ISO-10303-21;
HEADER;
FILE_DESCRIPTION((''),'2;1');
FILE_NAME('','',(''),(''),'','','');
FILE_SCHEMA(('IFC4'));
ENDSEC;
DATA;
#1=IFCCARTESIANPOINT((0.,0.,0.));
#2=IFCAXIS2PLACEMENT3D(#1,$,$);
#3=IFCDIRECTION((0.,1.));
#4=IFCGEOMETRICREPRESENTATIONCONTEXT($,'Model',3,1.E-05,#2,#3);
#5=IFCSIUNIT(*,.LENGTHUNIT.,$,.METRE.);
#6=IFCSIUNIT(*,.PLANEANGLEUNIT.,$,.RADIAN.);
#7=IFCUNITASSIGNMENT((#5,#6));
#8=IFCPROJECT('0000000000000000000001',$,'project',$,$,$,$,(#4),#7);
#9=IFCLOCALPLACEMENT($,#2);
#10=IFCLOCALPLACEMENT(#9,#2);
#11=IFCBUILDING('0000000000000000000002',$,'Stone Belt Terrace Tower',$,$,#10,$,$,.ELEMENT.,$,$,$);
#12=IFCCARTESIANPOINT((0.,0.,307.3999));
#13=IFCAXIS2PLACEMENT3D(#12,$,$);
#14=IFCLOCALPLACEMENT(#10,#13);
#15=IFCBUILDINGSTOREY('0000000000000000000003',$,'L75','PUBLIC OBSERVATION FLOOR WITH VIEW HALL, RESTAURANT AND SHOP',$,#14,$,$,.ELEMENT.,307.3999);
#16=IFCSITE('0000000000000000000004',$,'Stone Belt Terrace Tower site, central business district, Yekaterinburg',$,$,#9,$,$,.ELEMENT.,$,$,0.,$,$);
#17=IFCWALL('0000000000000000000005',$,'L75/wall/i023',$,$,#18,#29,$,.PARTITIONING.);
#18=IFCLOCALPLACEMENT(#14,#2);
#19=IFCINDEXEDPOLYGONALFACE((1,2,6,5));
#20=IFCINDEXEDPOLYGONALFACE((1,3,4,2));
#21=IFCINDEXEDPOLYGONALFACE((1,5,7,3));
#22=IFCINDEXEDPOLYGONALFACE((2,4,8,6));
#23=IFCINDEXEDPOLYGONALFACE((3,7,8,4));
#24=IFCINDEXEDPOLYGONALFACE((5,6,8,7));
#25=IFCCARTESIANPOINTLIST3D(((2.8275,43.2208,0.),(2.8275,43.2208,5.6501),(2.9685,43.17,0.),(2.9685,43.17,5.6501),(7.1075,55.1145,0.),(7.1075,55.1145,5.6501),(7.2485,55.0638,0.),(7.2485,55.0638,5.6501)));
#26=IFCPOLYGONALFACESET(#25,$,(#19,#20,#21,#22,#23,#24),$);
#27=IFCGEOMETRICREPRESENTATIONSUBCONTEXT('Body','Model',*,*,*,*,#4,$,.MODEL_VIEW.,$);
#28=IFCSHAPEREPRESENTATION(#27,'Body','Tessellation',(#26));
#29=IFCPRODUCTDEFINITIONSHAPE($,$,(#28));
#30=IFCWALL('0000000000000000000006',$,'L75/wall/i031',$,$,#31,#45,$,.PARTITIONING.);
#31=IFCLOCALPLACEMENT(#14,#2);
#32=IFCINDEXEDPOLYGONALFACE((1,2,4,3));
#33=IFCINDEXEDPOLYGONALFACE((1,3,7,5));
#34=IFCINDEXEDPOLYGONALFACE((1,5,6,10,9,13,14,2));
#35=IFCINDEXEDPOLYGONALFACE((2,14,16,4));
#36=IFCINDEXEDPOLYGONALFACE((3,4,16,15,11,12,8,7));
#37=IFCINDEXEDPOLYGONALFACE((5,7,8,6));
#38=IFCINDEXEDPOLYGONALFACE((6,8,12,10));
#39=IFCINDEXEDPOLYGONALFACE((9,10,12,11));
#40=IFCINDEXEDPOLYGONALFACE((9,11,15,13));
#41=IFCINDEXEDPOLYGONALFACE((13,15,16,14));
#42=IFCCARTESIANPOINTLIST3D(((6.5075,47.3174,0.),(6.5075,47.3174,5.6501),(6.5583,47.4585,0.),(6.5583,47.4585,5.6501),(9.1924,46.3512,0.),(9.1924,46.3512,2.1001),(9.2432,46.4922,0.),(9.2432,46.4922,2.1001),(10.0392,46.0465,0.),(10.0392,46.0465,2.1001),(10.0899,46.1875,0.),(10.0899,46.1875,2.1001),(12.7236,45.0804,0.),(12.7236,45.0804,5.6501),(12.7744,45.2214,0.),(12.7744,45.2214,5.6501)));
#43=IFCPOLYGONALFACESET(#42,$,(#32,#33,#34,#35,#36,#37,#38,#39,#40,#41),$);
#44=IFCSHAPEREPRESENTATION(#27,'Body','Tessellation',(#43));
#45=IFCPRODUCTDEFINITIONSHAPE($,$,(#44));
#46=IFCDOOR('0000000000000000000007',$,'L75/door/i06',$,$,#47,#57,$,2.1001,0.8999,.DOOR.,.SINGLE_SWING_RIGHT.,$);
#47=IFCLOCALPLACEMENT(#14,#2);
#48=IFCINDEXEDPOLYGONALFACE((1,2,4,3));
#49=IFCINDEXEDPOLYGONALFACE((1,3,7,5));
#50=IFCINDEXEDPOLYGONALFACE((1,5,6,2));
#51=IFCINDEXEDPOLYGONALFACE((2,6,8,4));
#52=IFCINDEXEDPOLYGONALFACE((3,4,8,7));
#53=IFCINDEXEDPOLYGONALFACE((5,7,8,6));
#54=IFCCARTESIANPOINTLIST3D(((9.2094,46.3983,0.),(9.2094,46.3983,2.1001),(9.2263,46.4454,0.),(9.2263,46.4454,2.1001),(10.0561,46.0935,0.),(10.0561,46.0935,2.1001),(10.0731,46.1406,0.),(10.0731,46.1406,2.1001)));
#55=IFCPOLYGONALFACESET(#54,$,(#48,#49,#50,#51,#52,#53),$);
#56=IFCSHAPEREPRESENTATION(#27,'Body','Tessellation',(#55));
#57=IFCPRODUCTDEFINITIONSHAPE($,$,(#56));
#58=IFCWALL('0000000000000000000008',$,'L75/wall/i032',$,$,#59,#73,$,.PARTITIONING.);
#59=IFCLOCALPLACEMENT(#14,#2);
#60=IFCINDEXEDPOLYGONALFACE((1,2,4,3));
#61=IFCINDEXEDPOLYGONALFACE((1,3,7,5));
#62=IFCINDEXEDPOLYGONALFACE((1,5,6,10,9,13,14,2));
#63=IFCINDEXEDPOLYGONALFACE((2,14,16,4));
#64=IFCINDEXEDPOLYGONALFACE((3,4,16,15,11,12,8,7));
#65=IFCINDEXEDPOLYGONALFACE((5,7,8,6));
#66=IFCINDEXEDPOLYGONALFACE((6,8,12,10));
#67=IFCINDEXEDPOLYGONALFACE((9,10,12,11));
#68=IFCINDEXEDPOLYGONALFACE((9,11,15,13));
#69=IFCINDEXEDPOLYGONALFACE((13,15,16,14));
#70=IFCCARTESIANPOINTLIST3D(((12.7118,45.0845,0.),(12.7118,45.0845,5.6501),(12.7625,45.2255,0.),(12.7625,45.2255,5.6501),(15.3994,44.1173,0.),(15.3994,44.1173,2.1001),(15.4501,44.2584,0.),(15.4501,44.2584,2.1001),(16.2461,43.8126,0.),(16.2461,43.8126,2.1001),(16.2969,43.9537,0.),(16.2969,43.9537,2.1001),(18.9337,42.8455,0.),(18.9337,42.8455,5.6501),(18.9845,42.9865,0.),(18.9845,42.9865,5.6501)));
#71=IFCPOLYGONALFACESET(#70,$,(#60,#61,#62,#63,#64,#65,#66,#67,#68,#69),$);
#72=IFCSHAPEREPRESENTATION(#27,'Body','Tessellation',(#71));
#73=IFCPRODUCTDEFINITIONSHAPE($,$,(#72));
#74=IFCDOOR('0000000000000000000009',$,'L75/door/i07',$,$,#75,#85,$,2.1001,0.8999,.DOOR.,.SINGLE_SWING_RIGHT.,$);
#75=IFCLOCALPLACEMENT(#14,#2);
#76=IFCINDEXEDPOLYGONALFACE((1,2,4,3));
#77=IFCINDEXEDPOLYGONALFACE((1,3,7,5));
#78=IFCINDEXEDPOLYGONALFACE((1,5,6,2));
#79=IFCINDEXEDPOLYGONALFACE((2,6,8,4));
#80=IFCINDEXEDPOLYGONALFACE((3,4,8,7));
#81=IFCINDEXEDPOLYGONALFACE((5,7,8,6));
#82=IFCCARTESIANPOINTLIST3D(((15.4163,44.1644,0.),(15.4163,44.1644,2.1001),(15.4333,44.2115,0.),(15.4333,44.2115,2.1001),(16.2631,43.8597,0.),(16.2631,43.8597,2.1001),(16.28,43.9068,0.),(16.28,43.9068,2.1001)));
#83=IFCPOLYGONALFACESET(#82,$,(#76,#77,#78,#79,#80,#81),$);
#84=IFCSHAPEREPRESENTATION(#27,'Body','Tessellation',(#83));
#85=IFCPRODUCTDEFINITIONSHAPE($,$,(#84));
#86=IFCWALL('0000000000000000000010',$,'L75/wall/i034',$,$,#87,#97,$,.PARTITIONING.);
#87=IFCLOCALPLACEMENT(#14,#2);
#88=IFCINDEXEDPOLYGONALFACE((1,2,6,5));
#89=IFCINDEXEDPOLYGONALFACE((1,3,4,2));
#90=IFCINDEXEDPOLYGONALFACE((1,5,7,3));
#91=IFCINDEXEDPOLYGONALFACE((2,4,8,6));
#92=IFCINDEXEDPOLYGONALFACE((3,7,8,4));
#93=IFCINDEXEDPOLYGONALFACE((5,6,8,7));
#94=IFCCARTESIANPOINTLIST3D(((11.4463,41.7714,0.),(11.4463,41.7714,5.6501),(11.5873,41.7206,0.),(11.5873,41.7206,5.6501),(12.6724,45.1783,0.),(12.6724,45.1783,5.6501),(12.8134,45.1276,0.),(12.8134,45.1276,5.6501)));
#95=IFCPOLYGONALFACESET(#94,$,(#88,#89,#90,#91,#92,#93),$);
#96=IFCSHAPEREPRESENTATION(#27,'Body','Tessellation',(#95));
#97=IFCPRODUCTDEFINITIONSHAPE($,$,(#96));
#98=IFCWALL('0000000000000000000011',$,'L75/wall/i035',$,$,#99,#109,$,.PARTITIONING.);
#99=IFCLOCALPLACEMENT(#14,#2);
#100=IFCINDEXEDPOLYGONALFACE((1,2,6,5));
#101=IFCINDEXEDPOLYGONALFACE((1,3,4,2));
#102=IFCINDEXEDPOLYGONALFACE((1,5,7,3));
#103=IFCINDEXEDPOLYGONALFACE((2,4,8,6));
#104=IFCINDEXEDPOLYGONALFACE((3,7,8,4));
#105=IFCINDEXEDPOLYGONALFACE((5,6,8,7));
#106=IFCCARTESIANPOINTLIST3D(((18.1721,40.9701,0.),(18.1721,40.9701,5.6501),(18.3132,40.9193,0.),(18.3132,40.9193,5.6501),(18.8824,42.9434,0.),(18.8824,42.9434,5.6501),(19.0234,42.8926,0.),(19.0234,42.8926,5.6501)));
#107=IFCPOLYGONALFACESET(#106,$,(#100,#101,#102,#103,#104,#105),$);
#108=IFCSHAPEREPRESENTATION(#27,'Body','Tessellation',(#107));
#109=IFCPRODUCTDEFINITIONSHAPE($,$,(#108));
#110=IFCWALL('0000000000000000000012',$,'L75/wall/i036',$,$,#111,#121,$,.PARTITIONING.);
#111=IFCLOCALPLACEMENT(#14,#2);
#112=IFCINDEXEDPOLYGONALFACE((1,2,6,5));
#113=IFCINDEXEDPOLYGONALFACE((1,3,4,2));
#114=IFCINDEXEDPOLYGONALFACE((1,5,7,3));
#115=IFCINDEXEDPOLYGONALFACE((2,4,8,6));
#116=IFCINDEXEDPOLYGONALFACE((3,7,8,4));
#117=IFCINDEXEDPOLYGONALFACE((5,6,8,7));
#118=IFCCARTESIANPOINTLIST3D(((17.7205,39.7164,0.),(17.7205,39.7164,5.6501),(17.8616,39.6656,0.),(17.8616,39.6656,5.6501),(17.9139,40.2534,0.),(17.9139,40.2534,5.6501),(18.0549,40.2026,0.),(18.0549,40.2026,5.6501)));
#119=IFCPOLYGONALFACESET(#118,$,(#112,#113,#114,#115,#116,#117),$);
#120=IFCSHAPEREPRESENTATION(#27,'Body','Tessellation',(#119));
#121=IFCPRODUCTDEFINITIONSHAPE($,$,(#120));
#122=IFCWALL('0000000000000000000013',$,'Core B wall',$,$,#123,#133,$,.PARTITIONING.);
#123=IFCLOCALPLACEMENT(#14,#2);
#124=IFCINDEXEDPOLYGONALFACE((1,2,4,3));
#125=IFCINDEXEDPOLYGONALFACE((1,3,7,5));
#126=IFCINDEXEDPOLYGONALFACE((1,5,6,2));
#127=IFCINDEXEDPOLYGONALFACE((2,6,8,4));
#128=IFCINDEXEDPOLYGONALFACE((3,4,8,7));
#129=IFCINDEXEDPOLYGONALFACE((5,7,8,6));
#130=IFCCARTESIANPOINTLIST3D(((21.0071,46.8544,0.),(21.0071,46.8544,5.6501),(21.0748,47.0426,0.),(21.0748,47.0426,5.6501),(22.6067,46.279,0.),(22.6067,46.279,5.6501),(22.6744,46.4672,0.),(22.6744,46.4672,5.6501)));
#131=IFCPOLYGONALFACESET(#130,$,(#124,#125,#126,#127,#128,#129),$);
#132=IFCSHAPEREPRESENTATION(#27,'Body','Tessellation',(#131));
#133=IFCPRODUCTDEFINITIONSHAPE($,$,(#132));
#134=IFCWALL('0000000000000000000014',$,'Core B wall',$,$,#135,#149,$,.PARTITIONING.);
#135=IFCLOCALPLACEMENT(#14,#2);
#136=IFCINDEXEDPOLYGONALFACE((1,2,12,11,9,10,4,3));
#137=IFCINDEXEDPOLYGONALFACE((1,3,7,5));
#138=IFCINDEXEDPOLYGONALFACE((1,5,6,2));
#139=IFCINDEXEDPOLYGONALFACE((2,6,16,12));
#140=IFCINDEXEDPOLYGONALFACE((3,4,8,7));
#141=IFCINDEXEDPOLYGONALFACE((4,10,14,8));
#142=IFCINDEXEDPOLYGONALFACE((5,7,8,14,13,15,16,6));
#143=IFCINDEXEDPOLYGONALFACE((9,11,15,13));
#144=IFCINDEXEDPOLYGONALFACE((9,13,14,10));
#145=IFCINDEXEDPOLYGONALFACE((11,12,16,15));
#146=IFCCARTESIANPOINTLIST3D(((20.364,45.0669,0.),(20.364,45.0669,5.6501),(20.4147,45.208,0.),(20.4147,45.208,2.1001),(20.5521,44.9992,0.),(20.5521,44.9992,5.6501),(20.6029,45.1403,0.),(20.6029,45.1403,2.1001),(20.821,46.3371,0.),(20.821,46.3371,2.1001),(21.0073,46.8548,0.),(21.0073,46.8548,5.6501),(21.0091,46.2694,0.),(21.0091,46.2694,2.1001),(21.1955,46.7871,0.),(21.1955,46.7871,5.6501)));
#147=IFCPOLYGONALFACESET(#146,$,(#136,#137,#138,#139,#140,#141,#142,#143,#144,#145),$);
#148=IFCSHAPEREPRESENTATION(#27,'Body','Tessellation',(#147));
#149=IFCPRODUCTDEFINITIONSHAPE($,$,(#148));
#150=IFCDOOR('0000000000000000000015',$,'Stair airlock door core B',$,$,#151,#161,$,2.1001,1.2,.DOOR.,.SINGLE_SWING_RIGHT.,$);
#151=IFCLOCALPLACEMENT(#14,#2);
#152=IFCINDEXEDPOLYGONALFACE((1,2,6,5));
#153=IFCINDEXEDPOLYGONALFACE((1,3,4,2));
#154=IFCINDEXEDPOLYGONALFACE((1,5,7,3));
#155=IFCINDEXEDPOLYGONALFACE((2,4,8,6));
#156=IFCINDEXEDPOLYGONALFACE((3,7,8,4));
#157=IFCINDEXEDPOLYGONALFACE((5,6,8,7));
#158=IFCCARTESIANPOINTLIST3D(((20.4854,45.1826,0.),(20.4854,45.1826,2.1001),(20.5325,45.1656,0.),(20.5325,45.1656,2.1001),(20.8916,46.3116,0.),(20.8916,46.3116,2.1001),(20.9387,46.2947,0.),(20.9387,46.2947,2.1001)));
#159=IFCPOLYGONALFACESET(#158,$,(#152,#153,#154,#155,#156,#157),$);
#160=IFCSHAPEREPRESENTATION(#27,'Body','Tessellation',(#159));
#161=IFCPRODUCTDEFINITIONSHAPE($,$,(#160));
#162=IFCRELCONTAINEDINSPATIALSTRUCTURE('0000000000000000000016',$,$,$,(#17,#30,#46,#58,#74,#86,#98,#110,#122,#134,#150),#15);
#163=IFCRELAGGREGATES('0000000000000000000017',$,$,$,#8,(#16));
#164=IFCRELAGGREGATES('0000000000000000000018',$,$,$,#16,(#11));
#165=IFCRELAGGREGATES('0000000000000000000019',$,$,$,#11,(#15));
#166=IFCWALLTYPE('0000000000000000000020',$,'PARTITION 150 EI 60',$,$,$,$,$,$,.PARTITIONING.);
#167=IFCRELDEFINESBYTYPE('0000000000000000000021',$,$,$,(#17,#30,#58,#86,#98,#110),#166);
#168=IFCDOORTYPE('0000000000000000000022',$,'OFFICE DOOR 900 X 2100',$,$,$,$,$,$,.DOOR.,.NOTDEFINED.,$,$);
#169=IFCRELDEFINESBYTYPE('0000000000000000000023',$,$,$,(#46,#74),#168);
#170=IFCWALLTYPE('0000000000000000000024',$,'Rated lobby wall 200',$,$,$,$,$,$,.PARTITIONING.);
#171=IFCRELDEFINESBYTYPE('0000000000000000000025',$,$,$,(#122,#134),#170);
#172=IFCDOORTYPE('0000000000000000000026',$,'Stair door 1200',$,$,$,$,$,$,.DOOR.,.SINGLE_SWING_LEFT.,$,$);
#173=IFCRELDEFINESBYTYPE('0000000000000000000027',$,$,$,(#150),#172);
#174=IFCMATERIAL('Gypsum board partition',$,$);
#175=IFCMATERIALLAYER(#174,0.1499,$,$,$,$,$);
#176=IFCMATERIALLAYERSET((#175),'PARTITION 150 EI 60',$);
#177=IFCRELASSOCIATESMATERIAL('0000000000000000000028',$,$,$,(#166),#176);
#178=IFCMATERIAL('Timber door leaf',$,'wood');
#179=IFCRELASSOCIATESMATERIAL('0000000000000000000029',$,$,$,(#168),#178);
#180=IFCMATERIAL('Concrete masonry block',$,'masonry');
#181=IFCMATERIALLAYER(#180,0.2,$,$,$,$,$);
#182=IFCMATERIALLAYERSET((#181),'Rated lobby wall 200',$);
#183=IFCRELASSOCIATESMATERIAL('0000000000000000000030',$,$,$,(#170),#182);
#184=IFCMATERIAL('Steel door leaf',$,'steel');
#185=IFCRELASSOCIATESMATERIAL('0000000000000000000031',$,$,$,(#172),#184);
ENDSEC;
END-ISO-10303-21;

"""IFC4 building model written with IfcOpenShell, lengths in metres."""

from ifc_helpers import new_model, si_unit, direction, frame, frame_2d, origin, place, context, subcontext, project, spatial, rectangle, extrude, material, layer, layer_set, type_object, element, fill, save


model = new_model("IFC4")

# Units and contexts
model_context = context("Model", 3, precision=1e-05, world=origin(), true_north=direction((0.0, 1.0)))
body_context = subcontext(model_context, "Body", "Model", "MODEL_VIEW")
ifc_project = project(units=[si_unit("LENGTHUNIT", "METRE"), si_unit("PLANEANGLEUNIT", "RADIAN")], contexts=[model_context])

# Site, building, storey
site_placement = place(None, origin())
site = spatial("IfcSite", under=ifc_project, at=site_placement, Name="Stone Belt Terrace Tower site, central business district, Yekaterinburg", CompositionType="ELEMENT", RefElevation=0.0)
building_placement = place(site_placement, origin())
building = spatial("IfcBuilding", under=site, at=building_placement, Name="Stone Belt Terrace Tower", CompositionType="ELEMENT")
storey_placement = place(building_placement, frame((0.0, 0.0, 307.3999)))
storey = spatial("IfcBuildingStorey", under=building, at=storey_placement, Name="L75", Description="PUBLIC OBSERVATION FLOOR WITH VIEW HALL, RESTAURANT AND SHOP", CompositionType="ELEMENT", Elevation=307.3999)

# Wall
ifc_material_1 = material(Name="Gypsum board partition")
ifc_layer_1 = layer(ifc_material_1, 0.1499)
ifc_layer_set_1 = layer_set([ifc_layer_1], Name="PARTITION 150 EI 60")
wall_type_1 = type_object("IfcWallType", Name="PARTITION 150 EI 60", PredefinedType="PARTITIONING", material=ifc_layer_set_1)
wall_1_placement = place(storey_placement, frame((2.8979, 43.1953, 0.0), z_axis=(0.0, 0.0, 1.0), x_axis=(0.338598, 0.940931, 0.0)))
element("IfcWall", 1, at=wall_1_placement, inside=storey, type_object=wall_type_1, Name="L75/wall/i023", PredefinedType="PARTITIONING", context=body_context, shape_type="SweptSolid", body=[
    extrude(rectangle(XDim=12.6404, YDim=0.1499, at=frame_2d((6.3203, 0.0))), origin(), (0.0, 0.0, 1.0), 5.6501),
])

# Walls, openings, doors
wall_2_placement = place(storey_placement, frame((12.749, 45.1509, 0.0), z_axis=(0.0, 0.0, 1.0), x_axis=(-0.940922, 0.338623, 0.0)))
wall_2 = element("IfcWall", 2, at=wall_2_placement, inside=storey, type_object=wall_type_1, Name="L75/wall/i031", PredefinedType="PARTITIONING", context=body_context, shape_type="SweptSolid", body=[
    extrude(rectangle(XDim=6.6064, YDim=0.1499, at=frame_2d((3.3032, 0.0))), origin(), (0.0, 0.0, 1.0), 5.6501),
])
opening_1_placement = place(wall_2_placement, frame((2.853, 0.0, 0.0)))
opening_1 = element("IfcOpeningElement", 3, at=opening_1_placement, cuts=wall_2, PredefinedType="OPENING", context=body_context, shape_type="SweptSolid", body=[
    extrude(rectangle(XDim=0.8999, YDim=2.1001, at=frame_2d((0.45, 1.05))), frame((0.0, 0.085, 0.0), z_axis=(0.0, -1.0, 0.0), x_axis=(1.0, 0.0, 0.0)), (0.0, 0.0, 1.0), 0.1699),
])
ifc_material_2 = material(Name="Timber door leaf", Category="wood")
door_type_1 = type_object("IfcDoorType", Name="OFFICE DOOR 900 X 2100", OperationType="NOTDEFINED", PredefinedType="DOOR", material=ifc_material_2)
door_1_placement = place(opening_1_placement, origin())
door_1 = element("IfcDoor", 4, at=door_1_placement, inside=storey, type_object=door_type_1, Name="L75/door/i06", OperationType="SINGLE_SWING_RIGHT", OverallHeight=2.1001, OverallWidth=0.8999, PredefinedType="DOOR", context=body_context, shape_type="SweptSolid", body=[
    extrude(rectangle(XDim=0.8999, YDim=2.1001, at=frame_2d((0.45, 1.05))), frame((0.0, 0.0249, 0.0), z_axis=(0.0, -1.0, 0.0), x_axis=(1.0, 0.0, 0.0)), (0.0, 0.0, 1.0), 0.05),
])
fill(opening_1, door_1)
wall_3_placement = place(storey_placement, frame((18.959, 42.916, 0.0), z_axis=(0.0, 0.0, 1.0), x_axis=(-0.94093, 0.338602, 0.0)))
wall_3 = element("IfcWall", 5, at=wall_3_placement, inside=storey, type_object=wall_type_1, Name="L75/wall/i032", PredefinedType="PARTITIONING", context=body_context, shape_type="SweptSolid", body=[
    extrude(rectangle(XDim=6.6125, YDim=0.1499, at=frame_2d((3.3062, 0.0))), origin(), (0.0, 0.0, 1.0), 5.6501),
])
opening_2_placement = place(wall_3_placement, frame((2.8562, 0.0, 0.0)))
opening_2 = element("IfcOpeningElement", 6, at=opening_2_placement, cuts=wall_3, PredefinedType="OPENING", context=body_context, shape_type="SweptSolid", body=[
    extrude(rectangle(XDim=0.8999, YDim=2.1001, at=frame_2d((0.45, 1.05))), frame((0.0, 0.085, 0.0), z_axis=(0.0, -1.0, 0.0), x_axis=(1.0, 0.0, 0.0)), (0.0, 0.0, 1.0), 0.1699),
])
door_2_placement = place(opening_2_placement, origin())
door_2 = element("IfcDoor", 7, at=door_2_placement, inside=storey, type_object=door_type_1, Name="L75/door/i07", OperationType="SINGLE_SWING_RIGHT", OverallHeight=2.1001, OverallWidth=0.8999, PredefinedType="DOOR", context=body_context, shape_type="SweptSolid", body=[
    extrude(rectangle(XDim=0.8999, YDim=2.1001, at=frame_2d((0.45, 1.05))), frame((0.0, 0.0249, 0.0), z_axis=(0.0, -1.0, 0.0), x_axis=(1.0, 0.0, 0.0)), (0.0, 0.0, 1.0), 0.05),
])
fill(opening_2, door_2)

# Walls
wall_4_placement = place(storey_placement, frame((12.7429, 45.1531, 0.0), z_axis=(0.0, 0.0, 1.0), x_axis=(-0.338612, -0.940926, 0.0)))
element("IfcWall", 8, at=wall_4_placement, inside=storey, type_object=wall_type_1, Name="L75/wall/i034", PredefinedType="PARTITIONING", context=body_context, shape_type="SweptSolid", body=[
    extrude(rectangle(XDim=3.6208, YDim=0.1499, at=frame_2d((1.8105, 0.0))), origin(), (0.0, 0.0, 1.0), 5.6501),
])
wall_5_placement = place(storey_placement, frame((18.9529, 42.918, 0.0), z_axis=(0.0, 0.0, 1.0), x_axis=(-0.338666, -0.940907, 0.0)))
element("IfcWall", 9, at=wall_5_placement, inside=storey, type_object=wall_type_1, Name="L75/wall/i035", PredefinedType="PARTITIONING", context=body_context, shape_type="SweptSolid", body=[
    extrude(rectangle(XDim=2.0972, YDim=0.1499, at=frame_2d((1.0486, 0.0))), origin(), (0.0, 0.0, 1.0), 5.6501),
])
wall_6_placement = place(storey_placement, frame((17.9844, 40.228, 0.0), z_axis=(0.0, 0.0, 1.0), x_axis=(-0.338719, -0.940887, 0.0)))
element("IfcWall", 10, at=wall_6_placement, inside=storey, type_object=wall_type_1, Name="L75/wall/i036", PredefinedType="PARTITIONING", context=body_context, shape_type="SweptSolid", body=[
    extrude(rectangle(XDim=0.5708, YDim=0.1499, at=frame_2d((0.2854, 0.0))), origin(), (0.0, 0.0, 1.0), 5.6501),
])
ifc_material_3 = material(Name="Concrete masonry block", Category="masonry")
ifc_layer_2 = layer(ifc_material_3, 0.2)
ifc_layer_set_2 = layer_set([ifc_layer_2], Name="Rated lobby wall 200")
wall_type_2 = type_object("IfcWallType", Name="Rated lobby wall 200", PredefinedType="PARTITIONING", material=ifc_layer_set_2)
wall_7_placement = place(storey_placement, frame((22.6406, 46.373, 0.0), z_axis=(0.0, 0.0, 1.0), x_axis=(-0.940966, 0.338501, 0.0)))
element("IfcWall", 11, at=wall_7_placement, inside=storey, type_object=wall_type_2, Name="Core B wall", PredefinedType="PARTITIONING", context=body_context, shape_type="SweptSolid", body=[
    extrude(rectangle(XDim=1.7, YDim=0.2, at=frame_2d((0.8501, 0.0))), origin(), (0.0, 0.0, 1.0), 5.6501),
])

# Wall, opening, door
wall_8_placement = place(storey_placement, frame((20.458, 45.033, 0.0), z_axis=(0.0, 0.0, 1.0), x_axis=(0.338574, 0.94094, 0.0)))
wall_8 = element("IfcWall", 12, at=wall_8_placement, inside=storey, type_object=wall_type_2, Name="Core B wall", PredefinedType="PARTITIONING", context=body_context, shape_type="SweptSolid", body=[
    extrude(rectangle(XDim=1.9001, YDim=0.2, at=frame_2d((0.9502, 0.0))), origin(), (0.0, 0.0, 1.0), 5.6501),
])
opening_3_placement = place(wall_8_placement, frame((0.1499, 0.0, 0.0)))
opening_3 = element("IfcOpeningElement", 13, at=opening_3_placement, cuts=wall_8, PredefinedType="OPENING", context=body_context, shape_type="SweptSolid", body=[
    extrude(rectangle(XDim=1.2, YDim=2.1001, at=frame_2d((0.6001, 1.05))), frame((0.0, 0.1099, 0.0), z_axis=(0.0, -1.0, 0.0), x_axis=(1.0, 0.0, 0.0)), (0.0, 0.0, 1.0), 0.22),
])
ifc_material_4 = material(Name="Steel door leaf", Category="steel")
door_type_2 = type_object("IfcDoorType", Name="Stair door 1200", OperationType="SINGLE_SWING_LEFT", PredefinedType="DOOR", material=ifc_material_4)
door_3_placement = place(opening_3_placement, origin())
door_3 = element("IfcDoor", 14, at=door_3_placement, inside=storey, type_object=door_type_2, Name="Stair airlock door core B", OperationType="SINGLE_SWING_RIGHT", OverallHeight=2.1001, OverallWidth=1.2, PredefinedType="DOOR", context=body_context, shape_type="SweptSolid", body=[
    extrude(rectangle(XDim=1.2, YDim=2.1001, at=frame_2d((0.6001, 1.05))), frame((0.0, 0.0249, 0.0), z_axis=(0.0, -1.0, 0.0), x_axis=(1.0, 0.0, 0.0)), (0.0, 0.0, 1.0), 0.05),
])
fill(opening_3, door_3)

save(model, "model.ifc")
